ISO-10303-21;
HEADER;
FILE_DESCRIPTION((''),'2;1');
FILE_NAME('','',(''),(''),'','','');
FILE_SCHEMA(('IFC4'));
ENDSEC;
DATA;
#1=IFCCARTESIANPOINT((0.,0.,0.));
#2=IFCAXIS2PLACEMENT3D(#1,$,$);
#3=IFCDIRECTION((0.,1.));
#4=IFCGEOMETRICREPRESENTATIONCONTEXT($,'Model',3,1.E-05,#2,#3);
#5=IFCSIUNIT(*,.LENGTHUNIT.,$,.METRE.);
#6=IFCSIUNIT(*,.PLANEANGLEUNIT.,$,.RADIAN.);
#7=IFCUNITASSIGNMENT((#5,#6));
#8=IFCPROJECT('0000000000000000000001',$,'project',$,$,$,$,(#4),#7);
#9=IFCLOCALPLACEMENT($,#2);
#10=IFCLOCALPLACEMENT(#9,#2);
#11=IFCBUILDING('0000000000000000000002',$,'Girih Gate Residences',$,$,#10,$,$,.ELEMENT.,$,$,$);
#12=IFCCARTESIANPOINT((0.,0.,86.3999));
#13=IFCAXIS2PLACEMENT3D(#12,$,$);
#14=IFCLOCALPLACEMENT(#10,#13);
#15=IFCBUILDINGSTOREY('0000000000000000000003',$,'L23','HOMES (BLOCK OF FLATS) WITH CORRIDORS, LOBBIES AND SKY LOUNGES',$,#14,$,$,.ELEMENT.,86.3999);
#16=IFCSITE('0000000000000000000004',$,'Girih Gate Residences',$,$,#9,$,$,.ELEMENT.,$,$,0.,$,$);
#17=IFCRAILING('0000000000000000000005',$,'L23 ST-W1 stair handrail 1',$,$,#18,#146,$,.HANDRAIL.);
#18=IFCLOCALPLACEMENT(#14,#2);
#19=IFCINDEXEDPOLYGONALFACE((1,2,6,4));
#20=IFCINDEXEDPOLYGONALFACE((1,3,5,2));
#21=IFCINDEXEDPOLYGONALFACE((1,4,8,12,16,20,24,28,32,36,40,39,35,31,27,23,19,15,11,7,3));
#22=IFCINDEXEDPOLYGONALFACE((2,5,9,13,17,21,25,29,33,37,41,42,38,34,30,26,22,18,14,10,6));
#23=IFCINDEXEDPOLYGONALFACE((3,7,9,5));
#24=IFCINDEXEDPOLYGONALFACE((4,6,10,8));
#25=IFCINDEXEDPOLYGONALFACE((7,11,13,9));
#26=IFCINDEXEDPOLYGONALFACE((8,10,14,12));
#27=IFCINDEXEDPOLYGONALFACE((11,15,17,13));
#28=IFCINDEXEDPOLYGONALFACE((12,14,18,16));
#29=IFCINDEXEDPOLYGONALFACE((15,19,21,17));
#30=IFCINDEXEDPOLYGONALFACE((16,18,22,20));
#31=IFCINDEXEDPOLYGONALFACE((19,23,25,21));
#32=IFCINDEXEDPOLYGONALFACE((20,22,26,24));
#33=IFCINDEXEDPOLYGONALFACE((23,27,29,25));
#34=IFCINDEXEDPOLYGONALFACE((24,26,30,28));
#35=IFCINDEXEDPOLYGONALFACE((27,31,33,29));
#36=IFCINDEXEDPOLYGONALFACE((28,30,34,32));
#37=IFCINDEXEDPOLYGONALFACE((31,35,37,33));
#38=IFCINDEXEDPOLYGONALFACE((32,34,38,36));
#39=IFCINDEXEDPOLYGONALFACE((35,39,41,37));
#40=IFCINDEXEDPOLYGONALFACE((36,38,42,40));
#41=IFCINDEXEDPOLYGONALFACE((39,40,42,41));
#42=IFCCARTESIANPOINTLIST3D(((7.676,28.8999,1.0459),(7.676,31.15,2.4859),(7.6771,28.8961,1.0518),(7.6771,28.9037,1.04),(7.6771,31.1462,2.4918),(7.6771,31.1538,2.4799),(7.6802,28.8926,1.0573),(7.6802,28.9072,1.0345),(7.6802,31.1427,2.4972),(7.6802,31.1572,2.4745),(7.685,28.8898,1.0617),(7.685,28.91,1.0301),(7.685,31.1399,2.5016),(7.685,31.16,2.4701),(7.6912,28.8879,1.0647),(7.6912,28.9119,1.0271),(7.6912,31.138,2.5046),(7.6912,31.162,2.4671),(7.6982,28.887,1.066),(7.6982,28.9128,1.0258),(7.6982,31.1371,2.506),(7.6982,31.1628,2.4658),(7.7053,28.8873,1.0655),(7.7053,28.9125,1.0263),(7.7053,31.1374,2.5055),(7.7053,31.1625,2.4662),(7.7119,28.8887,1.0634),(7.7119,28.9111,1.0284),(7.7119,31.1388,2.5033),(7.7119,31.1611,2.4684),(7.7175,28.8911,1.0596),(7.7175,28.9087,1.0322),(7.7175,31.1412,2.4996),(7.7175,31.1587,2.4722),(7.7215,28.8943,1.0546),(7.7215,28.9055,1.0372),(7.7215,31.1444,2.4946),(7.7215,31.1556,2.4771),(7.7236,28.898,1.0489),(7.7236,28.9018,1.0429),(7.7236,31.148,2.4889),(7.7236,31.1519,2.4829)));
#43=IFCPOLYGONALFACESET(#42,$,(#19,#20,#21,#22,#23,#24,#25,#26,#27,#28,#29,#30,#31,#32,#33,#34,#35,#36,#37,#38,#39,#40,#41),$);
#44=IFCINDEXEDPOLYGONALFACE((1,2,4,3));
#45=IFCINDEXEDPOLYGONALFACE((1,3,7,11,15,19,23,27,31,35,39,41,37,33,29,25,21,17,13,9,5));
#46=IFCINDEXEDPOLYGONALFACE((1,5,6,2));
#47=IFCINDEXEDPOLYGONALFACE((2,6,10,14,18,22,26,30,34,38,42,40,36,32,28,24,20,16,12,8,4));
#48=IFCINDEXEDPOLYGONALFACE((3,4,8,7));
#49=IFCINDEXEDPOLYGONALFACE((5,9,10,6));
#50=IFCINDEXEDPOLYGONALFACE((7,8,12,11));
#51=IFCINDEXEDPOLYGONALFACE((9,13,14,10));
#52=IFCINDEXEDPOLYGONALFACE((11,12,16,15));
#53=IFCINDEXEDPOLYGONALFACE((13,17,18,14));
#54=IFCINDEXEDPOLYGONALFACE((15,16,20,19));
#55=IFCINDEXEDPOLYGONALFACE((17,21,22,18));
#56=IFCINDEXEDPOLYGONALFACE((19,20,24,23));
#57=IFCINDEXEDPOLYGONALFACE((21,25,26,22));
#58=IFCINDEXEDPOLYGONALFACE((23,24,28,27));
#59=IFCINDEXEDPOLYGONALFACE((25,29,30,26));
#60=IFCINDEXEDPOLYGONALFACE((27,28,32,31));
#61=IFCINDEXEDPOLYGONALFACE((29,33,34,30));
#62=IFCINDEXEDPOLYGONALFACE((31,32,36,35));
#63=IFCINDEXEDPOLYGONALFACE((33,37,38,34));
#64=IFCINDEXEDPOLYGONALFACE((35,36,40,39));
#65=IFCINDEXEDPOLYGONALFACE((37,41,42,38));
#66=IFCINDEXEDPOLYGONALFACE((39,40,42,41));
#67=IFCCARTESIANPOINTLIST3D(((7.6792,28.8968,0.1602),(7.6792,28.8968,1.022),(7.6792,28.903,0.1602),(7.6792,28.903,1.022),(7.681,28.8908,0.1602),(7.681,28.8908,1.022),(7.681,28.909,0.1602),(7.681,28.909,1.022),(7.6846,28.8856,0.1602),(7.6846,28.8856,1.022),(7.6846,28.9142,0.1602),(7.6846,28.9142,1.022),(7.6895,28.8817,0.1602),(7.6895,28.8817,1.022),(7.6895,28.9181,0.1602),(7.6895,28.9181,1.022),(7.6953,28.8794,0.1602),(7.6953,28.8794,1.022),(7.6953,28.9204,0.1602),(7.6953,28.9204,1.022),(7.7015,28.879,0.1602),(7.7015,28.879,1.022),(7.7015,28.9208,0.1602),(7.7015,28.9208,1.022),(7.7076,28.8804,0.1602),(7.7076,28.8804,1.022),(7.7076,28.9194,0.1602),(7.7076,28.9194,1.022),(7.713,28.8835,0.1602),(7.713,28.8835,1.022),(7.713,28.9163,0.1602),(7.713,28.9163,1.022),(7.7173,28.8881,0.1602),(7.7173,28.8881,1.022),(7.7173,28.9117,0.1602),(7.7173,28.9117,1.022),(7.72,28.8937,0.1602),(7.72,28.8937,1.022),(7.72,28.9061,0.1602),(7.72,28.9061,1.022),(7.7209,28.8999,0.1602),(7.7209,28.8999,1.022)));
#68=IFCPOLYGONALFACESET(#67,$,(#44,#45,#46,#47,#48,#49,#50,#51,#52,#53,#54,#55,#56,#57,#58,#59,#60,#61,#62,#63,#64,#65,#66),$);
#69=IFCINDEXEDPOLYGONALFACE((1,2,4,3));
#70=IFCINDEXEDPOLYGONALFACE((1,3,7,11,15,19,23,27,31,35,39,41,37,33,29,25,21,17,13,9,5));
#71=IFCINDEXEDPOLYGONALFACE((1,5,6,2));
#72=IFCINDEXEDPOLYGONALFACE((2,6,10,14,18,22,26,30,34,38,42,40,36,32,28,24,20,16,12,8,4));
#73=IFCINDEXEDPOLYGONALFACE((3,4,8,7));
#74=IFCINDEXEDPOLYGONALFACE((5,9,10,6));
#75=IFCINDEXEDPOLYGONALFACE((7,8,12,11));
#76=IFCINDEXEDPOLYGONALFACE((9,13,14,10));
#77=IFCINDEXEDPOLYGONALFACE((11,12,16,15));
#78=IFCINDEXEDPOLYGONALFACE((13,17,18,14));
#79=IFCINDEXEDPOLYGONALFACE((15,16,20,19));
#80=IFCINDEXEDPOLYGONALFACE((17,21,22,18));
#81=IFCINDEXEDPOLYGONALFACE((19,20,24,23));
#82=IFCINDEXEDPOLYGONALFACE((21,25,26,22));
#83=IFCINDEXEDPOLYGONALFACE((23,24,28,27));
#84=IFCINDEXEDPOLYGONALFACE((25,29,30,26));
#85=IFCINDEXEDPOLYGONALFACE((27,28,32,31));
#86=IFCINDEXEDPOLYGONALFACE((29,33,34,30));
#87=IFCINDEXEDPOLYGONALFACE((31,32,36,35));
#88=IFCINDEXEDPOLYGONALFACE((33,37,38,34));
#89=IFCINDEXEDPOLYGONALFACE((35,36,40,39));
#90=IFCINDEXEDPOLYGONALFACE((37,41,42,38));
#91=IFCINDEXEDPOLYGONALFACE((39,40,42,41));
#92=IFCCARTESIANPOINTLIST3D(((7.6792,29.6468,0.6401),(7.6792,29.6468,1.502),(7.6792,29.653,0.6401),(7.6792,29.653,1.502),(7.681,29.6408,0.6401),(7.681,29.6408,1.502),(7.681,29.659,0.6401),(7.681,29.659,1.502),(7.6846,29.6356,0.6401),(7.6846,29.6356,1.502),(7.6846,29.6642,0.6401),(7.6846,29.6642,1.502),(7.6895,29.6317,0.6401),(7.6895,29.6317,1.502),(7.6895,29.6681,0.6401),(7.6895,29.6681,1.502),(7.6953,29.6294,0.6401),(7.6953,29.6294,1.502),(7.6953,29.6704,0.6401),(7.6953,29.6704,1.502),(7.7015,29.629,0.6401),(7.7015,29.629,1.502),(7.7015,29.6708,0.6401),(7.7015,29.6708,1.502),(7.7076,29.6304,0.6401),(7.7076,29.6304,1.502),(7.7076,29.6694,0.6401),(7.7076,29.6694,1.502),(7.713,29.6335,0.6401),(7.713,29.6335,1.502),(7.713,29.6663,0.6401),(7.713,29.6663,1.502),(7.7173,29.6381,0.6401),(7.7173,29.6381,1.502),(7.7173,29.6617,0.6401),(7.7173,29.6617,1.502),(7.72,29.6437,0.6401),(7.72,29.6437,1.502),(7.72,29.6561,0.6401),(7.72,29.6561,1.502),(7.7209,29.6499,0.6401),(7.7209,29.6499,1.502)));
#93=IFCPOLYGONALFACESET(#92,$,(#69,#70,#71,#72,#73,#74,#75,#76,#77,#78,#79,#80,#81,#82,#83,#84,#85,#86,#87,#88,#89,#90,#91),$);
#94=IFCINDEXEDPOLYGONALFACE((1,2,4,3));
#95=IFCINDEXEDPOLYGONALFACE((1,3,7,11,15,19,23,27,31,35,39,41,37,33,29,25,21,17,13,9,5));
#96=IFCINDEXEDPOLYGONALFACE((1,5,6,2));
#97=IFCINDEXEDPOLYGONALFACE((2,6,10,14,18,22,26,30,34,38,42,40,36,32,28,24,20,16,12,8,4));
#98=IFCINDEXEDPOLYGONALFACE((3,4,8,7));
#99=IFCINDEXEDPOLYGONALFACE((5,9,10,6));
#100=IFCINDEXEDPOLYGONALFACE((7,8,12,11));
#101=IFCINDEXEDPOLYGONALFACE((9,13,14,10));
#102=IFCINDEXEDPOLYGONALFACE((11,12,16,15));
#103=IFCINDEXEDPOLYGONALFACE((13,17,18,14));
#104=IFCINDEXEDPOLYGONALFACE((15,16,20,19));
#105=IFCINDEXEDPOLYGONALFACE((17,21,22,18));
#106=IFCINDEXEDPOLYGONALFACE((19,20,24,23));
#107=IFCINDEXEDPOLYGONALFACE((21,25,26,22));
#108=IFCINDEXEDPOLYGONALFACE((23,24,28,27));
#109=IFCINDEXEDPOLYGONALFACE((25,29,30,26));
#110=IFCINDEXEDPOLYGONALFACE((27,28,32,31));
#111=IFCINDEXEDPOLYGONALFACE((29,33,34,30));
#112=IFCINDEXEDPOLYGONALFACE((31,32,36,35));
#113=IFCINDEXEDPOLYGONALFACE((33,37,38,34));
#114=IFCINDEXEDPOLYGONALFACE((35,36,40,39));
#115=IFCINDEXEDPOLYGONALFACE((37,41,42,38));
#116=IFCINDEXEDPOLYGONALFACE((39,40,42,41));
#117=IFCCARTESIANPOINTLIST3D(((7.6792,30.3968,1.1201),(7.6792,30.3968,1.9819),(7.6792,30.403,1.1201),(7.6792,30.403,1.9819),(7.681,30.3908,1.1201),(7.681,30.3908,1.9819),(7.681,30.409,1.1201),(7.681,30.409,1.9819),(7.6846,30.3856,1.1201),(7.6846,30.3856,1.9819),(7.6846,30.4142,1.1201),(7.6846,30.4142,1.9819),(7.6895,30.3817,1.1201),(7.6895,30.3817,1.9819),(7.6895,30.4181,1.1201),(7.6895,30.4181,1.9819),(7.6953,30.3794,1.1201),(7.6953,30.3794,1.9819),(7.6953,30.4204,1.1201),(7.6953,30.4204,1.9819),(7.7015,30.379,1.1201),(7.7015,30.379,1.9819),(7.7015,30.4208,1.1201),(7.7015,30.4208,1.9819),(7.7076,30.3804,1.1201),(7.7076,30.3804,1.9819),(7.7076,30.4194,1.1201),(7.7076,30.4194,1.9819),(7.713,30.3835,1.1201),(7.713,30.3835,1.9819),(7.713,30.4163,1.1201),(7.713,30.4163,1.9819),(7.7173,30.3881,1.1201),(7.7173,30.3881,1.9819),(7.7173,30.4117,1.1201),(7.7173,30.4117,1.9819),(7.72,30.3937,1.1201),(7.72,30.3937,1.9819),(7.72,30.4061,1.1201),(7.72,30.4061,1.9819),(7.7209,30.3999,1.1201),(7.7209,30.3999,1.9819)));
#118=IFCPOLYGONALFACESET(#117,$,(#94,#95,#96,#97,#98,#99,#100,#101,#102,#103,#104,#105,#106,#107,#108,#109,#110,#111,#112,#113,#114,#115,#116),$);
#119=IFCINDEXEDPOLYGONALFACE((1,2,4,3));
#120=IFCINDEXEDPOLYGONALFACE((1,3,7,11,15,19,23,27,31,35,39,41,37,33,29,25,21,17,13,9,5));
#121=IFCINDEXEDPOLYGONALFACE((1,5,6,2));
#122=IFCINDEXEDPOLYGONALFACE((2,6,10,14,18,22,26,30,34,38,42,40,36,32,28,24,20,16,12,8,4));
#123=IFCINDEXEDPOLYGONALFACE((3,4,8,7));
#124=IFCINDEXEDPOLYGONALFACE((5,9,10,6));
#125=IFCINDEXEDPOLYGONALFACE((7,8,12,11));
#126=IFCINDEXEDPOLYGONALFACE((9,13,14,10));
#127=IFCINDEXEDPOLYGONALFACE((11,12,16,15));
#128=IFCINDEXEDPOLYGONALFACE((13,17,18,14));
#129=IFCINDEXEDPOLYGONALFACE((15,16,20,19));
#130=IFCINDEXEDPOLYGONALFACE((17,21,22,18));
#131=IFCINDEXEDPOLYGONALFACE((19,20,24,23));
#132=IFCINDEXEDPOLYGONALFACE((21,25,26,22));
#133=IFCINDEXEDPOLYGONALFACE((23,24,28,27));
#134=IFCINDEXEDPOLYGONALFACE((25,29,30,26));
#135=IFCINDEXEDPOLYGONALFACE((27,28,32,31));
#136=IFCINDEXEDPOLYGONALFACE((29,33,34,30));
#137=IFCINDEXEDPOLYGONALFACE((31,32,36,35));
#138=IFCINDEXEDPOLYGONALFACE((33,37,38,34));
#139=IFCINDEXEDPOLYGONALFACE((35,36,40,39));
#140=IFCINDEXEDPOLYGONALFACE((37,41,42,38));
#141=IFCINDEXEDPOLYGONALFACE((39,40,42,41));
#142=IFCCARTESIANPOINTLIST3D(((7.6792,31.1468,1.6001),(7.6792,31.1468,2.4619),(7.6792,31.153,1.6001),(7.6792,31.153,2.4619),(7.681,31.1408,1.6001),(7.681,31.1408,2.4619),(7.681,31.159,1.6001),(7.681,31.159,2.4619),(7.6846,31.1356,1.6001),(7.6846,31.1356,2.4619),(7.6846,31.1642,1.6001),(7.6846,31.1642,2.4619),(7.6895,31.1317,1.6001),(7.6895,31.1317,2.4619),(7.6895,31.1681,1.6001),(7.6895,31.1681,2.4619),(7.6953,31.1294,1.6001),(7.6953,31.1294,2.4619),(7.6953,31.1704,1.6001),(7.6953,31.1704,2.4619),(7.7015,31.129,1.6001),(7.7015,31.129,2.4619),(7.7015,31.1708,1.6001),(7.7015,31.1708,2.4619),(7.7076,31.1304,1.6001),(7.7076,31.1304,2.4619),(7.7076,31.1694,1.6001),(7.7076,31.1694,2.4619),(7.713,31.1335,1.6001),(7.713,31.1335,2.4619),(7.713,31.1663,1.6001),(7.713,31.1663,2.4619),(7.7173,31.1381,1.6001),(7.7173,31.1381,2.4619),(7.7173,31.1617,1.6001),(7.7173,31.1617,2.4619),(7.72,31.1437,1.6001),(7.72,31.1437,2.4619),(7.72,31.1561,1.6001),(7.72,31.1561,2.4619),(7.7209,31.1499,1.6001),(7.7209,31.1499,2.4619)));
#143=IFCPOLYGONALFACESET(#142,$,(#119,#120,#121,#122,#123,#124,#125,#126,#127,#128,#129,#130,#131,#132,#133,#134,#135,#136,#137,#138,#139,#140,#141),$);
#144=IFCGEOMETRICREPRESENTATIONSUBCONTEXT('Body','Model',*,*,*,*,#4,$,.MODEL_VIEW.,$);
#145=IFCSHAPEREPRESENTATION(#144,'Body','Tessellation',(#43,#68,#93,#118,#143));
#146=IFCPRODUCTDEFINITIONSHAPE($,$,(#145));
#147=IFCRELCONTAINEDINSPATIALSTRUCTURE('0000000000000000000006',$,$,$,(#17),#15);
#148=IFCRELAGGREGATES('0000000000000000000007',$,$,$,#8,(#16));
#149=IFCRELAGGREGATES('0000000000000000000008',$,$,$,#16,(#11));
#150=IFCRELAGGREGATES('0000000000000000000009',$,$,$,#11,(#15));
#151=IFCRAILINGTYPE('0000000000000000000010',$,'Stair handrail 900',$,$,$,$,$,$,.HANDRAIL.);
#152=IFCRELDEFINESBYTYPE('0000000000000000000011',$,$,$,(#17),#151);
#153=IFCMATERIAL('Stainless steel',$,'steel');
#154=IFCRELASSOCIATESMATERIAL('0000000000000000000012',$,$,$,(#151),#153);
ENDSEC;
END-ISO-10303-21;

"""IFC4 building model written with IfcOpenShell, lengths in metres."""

from ifc_helpers import new_model, si_unit, direction, frame, origin, origin_2d, place, context, subcontext, project, spatial, circle, extrude, material, type_object, element, save


model = new_model("IFC4")

# Units and contexts
model_context = context("Model", 3, precision=1e-05, world=origin(), true_north=direction((0.0, 1.0)))
body_context = subcontext(model_context, "Body", "Model", "MODEL_VIEW")
ifc_project = project(units=[si_unit("LENGTHUNIT", "METRE"), si_unit("PLANEANGLEUNIT", "RADIAN")], contexts=[model_context])

# Site, building, storey
site_placement = place(None, origin())
site = spatial("IfcSite", under=ifc_project, at=site_placement, Name="Girih Gate Residences", CompositionType="ELEMENT", RefElevation=0.0)
building_placement = place(site_placement, origin())
building = spatial("IfcBuilding", under=site, at=building_placement, Name="Girih Gate Residences", CompositionType="ELEMENT")
storey_placement = place(building_placement, frame((0.0, 0.0, 86.3999)))
storey = spatial("IfcBuildingStorey", under=building, at=storey_placement, Name="L23", Description="HOMES (BLOCK OF FLATS) WITH CORRIDORS, LOBBIES AND SKY LOUNGES", CompositionType="ELEMENT", Elevation=86.3999)

# Railing
ifc_material_1 = material(Name="Stainless steel", Category="steel")
railing_type_1 = type_object("IfcRailingType", Name="Stair handrail 900", PredefinedType="HANDRAIL", material=ifc_material_1)
railing_1_placement = place(storey_placement, frame((7.7, 28.8999, 0.1602)))
element("IfcRailing", 1, at=railing_1_placement, inside=storey, type_object=railing_type_1, Name="L23 ST-W1 stair handrail 1", PredefinedType="HANDRAIL", context=body_context, shape_type="SweptSolid", body=[
    extrude(circle(Radius=0.0239, at=origin_2d()), frame((0.0, 0.0, 0.8857), z_axis=(0.0, 0.842281, 0.539038), x_axis=(-1.0, 0.0, 0.0)), (0.0, 0.0, 1.0), 2.6714),
    extrude(circle(Radius=0.021, at=origin_2d()), origin(), (0.0, 0.0, 1.0), 0.8618),
    extrude(circle(Radius=0.021, at=origin_2d()), frame((0.0, 0.75, 0.48)), (0.0, 0.0, 1.0), 0.8618),
    extrude(circle(Radius=0.021, at=origin_2d()), frame((0.0, 1.5, 0.96)), (0.0, 0.0, 1.0), 0.8618),
    extrude(circle(Radius=0.021, at=origin_2d()), frame((0.0, 2.25, 1.4399)), (0.0, 0.0, 1.0), 0.8618),
])

save(model, "model.ifc")
